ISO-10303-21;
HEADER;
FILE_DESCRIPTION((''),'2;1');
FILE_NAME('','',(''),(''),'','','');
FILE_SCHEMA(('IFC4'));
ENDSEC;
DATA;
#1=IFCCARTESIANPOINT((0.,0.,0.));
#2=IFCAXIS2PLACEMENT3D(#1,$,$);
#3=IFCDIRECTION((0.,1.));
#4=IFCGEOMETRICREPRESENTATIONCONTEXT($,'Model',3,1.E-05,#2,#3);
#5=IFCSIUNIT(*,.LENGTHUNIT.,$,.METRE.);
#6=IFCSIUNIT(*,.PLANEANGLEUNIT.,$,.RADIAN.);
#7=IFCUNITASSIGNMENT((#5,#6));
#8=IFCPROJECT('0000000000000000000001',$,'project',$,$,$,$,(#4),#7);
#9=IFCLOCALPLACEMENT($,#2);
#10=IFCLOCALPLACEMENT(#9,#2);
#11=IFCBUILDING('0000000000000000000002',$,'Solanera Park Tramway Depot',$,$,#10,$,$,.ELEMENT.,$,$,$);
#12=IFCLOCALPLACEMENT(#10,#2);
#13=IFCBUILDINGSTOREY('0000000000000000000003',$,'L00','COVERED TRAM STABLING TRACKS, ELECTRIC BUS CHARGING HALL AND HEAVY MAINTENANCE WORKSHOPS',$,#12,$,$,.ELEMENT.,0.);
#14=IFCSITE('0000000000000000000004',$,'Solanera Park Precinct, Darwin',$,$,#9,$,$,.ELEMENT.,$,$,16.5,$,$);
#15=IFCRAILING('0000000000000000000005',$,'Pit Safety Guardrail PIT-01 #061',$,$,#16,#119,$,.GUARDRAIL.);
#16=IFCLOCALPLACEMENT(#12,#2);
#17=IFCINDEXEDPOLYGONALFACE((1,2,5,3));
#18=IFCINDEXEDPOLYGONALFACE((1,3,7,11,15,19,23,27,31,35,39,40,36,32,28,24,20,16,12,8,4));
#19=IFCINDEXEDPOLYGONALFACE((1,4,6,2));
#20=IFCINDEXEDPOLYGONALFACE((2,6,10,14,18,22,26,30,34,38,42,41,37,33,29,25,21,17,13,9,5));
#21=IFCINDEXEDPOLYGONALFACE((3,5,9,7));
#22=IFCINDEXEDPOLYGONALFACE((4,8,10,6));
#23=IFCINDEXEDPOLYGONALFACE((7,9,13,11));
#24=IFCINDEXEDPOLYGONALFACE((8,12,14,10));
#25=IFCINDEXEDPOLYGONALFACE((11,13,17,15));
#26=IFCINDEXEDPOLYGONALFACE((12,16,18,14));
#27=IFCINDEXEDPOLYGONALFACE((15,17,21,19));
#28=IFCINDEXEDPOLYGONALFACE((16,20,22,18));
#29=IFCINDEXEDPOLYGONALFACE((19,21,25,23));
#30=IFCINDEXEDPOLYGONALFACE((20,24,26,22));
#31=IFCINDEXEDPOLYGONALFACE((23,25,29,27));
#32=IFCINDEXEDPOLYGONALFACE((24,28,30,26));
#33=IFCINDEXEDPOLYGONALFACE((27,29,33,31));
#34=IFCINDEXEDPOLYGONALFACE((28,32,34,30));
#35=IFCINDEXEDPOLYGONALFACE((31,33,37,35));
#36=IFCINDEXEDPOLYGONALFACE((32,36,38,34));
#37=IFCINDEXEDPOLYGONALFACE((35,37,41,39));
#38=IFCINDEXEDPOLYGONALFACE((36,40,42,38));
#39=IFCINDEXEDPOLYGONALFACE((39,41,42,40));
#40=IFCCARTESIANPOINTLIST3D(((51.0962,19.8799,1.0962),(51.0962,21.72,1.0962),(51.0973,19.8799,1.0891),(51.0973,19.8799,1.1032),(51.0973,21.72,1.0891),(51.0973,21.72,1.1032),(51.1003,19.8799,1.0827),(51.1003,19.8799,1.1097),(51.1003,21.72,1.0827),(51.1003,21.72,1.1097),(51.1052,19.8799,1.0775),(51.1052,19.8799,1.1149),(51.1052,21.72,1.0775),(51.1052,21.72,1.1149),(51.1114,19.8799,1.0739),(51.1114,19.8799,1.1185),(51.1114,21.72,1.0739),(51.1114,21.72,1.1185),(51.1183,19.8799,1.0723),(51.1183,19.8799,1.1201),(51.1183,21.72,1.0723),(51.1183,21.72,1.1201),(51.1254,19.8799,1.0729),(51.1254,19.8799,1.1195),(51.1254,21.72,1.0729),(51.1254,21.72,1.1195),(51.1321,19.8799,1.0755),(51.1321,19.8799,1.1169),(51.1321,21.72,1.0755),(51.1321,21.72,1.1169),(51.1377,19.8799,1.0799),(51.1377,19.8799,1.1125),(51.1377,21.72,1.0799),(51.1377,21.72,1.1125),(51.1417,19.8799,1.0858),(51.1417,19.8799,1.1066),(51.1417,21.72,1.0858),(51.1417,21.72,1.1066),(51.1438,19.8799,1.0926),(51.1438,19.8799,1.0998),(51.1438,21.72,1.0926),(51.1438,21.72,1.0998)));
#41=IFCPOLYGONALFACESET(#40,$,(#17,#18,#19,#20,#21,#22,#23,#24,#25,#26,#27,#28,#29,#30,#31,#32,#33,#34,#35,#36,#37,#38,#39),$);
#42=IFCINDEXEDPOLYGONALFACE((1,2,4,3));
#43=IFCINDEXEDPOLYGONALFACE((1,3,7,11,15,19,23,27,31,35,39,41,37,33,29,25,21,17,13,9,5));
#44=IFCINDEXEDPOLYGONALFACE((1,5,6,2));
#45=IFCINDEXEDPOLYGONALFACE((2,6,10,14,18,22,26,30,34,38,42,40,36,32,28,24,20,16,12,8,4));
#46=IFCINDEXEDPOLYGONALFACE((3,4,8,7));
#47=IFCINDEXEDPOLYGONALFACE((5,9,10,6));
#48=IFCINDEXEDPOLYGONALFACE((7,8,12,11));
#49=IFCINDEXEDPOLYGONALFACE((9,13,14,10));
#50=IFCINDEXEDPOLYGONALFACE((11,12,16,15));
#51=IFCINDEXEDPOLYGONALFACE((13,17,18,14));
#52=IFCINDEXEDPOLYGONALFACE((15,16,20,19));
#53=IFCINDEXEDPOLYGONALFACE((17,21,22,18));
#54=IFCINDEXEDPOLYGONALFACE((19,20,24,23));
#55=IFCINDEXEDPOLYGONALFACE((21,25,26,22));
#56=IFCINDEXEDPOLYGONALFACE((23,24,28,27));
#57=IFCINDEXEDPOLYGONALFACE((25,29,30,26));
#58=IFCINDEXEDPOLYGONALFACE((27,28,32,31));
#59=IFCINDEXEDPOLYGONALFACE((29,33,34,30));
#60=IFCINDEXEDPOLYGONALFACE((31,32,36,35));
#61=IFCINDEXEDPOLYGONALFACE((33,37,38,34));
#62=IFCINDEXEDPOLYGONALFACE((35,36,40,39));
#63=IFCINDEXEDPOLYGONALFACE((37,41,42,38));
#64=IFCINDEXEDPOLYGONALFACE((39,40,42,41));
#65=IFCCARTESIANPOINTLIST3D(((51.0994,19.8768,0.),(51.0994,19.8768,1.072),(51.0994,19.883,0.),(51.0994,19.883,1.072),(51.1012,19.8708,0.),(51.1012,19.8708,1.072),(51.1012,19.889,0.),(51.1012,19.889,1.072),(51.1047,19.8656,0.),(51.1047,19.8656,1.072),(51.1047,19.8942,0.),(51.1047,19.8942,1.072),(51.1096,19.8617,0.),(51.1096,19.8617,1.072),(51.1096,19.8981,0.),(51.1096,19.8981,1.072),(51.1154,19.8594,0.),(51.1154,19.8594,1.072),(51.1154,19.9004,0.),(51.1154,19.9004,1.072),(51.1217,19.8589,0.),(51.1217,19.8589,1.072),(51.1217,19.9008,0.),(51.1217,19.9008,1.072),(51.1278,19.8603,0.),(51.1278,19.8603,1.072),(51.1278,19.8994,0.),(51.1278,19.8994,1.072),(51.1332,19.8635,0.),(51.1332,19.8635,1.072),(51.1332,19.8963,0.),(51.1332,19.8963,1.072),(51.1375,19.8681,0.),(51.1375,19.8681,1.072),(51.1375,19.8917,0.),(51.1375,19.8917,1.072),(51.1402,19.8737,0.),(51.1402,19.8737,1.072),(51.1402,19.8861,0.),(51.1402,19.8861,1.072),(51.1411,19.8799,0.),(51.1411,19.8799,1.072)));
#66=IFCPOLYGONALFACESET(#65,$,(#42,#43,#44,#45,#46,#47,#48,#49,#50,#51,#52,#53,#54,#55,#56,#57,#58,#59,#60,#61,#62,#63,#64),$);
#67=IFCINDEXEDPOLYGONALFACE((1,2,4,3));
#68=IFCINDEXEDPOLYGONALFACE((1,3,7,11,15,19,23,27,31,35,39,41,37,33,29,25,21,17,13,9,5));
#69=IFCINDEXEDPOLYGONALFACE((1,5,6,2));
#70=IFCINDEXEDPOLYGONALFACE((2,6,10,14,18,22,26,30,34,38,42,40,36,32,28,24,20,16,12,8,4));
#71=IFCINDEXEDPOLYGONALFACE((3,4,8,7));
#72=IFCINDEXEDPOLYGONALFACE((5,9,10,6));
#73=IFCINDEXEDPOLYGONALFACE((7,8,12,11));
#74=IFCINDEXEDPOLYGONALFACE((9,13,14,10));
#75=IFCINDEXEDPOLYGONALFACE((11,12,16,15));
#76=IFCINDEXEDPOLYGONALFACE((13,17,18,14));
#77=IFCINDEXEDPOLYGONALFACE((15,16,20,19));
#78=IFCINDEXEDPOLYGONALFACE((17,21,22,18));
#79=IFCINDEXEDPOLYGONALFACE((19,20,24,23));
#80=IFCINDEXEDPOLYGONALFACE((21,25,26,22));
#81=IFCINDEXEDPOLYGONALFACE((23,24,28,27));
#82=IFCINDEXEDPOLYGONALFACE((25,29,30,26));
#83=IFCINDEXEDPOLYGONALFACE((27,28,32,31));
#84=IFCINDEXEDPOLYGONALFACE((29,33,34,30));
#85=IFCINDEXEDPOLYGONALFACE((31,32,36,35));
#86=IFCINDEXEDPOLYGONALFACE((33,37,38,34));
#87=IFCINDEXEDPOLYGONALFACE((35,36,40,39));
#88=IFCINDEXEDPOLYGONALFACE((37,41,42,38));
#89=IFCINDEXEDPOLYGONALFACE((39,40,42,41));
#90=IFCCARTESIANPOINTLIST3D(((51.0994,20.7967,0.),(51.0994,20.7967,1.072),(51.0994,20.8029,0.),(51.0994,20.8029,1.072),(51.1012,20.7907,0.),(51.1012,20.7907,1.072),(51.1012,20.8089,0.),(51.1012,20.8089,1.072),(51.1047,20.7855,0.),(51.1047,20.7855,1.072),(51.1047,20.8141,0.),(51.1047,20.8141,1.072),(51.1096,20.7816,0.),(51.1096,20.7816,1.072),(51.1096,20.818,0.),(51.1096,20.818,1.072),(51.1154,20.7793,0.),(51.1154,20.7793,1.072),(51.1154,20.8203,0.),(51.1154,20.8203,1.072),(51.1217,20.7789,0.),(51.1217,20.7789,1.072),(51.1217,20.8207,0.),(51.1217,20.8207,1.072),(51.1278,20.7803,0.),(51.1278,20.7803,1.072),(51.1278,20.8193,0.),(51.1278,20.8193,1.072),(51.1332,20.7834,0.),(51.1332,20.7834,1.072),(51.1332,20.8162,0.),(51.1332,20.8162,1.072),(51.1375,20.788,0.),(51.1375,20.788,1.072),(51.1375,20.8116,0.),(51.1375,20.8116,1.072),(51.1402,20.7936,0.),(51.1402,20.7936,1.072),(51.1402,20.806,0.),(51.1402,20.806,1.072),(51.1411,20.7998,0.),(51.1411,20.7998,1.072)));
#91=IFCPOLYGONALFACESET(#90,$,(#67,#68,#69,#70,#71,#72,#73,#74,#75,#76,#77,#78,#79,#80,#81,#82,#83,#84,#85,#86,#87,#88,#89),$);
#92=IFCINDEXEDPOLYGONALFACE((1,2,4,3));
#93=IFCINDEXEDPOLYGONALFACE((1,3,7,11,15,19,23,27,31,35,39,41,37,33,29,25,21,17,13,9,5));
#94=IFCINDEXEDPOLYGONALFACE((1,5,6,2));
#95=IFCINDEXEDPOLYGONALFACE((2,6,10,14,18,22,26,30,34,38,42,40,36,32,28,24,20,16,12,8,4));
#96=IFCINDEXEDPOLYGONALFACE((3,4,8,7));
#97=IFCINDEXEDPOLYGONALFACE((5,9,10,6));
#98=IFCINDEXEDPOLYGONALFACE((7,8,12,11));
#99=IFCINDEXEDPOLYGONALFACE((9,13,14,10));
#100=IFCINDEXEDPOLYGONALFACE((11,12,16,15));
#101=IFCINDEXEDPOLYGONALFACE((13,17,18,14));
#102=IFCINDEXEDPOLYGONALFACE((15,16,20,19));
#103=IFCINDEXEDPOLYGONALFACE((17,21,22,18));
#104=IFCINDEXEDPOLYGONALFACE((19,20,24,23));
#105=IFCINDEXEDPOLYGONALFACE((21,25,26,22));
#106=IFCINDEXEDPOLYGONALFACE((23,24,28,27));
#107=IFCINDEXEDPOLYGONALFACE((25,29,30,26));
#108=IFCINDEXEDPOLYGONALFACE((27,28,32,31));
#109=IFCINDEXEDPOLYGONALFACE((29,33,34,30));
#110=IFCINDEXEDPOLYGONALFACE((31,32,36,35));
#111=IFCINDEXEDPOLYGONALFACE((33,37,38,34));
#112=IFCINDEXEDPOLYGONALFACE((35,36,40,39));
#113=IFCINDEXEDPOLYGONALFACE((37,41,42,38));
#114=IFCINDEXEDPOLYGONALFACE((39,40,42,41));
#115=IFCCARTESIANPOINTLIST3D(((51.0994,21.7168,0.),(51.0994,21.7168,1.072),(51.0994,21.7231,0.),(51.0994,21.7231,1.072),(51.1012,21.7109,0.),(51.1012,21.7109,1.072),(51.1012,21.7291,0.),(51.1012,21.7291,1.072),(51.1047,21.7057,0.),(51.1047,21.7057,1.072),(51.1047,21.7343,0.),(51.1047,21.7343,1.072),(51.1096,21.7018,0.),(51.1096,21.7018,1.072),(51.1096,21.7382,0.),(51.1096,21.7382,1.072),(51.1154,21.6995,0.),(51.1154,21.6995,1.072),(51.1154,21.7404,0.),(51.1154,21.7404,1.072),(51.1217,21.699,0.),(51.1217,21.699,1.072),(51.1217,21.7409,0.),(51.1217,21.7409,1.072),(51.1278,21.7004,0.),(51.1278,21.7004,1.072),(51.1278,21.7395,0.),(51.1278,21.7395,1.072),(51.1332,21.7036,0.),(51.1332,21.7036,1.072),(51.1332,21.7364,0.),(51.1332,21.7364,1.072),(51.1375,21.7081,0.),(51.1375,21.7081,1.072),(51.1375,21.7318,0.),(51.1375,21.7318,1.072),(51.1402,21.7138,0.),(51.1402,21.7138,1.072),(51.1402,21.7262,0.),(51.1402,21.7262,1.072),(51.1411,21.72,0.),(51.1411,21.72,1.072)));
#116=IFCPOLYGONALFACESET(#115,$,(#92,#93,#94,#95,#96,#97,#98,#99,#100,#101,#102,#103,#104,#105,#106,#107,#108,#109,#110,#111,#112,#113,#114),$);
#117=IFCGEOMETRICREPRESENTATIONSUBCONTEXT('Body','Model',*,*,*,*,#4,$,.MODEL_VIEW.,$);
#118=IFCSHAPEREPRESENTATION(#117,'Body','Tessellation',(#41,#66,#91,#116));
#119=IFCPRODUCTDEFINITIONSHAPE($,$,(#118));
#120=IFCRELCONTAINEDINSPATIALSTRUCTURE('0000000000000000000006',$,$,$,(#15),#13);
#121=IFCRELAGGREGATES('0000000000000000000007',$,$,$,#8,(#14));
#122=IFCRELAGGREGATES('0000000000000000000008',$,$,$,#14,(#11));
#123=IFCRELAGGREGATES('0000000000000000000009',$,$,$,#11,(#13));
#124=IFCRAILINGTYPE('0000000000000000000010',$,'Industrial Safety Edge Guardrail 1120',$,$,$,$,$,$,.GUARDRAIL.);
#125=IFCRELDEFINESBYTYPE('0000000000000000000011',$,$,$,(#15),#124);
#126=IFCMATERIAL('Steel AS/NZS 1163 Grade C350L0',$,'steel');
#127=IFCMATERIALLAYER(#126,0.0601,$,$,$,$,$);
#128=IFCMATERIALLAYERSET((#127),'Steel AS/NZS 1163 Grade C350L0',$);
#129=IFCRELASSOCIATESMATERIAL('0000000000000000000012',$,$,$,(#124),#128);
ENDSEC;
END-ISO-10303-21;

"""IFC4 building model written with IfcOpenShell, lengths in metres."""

from ifc_helpers import new_model, si_unit, direction, frame, origin, origin_2d, place, context, subcontext, project, spatial, circle, extrude, material, layer, layer_set, type_object, element, save


model = new_model("IFC4")

# Units and contexts
model_context = context("Model", 3, precision=1e-05, world=origin(), true_north=direction((0.0, 1.0)))
body_context = subcontext(model_context, "Body", "Model", "MODEL_VIEW")
ifc_project = project(units=[si_unit("LENGTHUNIT", "METRE"), si_unit("PLANEANGLEUNIT", "RADIAN")], contexts=[model_context])

# Site, building, storey
site_placement = place(None, origin())
site = spatial("IfcSite", under=ifc_project, at=site_placement, Name="Solanera Park Precinct, Darwin", CompositionType="ELEMENT", RefElevation=16.5)
building_placement = place(site_placement, origin())
building = spatial("IfcBuilding", under=site, at=building_placement, Name="Solanera Park Tramway Depot", CompositionType="ELEMENT")
storey_placement = place(building_placement, origin())
storey = spatial("IfcBuildingStorey", under=building, at=storey_placement, Name="L00", Description="COVERED TRAM STABLING TRACKS, ELECTRIC BUS CHARGING HALL AND HEAVY MAINTENANCE WORKSHOPS", CompositionType="ELEMENT", Elevation=0.0)

# Railing
ifc_material_1 = material(Name="Steel AS/NZS 1163 Grade C350L0", Category="steel")
ifc_layer_1 = layer(ifc_material_1, 0.0601)
ifc_layer_set_1 = layer_set([ifc_layer_1], Name="Steel AS/NZS 1163 Grade C350L0")
railing_type_1 = type_object("IfcRailingType", Name="Industrial Safety Edge Guardrail 1120", PredefinedType="GUARDRAIL", material=ifc_layer_set_1)
railing_1_placement = place(storey_placement, frame((51.1201, 19.8799, 0.0)))
element("IfcRailing", 1, at=railing_1_placement, inside=storey, type_object=railing_type_1, Name="Pit Safety Guardrail PIT-01 #061", PredefinedType="GUARDRAIL", context=body_context, shape_type="SweptSolid", body=[
    extrude(circle(Radius=0.0239, at=origin_2d()), frame((0.0, 0.0, 1.0962), z_axis=(0.0, 1.0, 0.0), x_axis=(-1.0, 0.0, 0.0)), (0.0, 0.0, 1.0), 1.8401),
    extrude(circle(Radius=0.021, at=origin_2d()), origin(), (0.0, 0.0, 1.0), 1.072),
    extrude(circle(Radius=0.021, at=origin_2d()), frame((0.0, 0.9199, 0.0)), (0.0, 0.0, 1.0), 1.072),
    extrude(circle(Radius=0.021, at=origin_2d()), frame((0.0, 1.8401, 0.0)), (0.0, 0.0, 1.0), 1.072),
])

save(model, "model.ifc")
